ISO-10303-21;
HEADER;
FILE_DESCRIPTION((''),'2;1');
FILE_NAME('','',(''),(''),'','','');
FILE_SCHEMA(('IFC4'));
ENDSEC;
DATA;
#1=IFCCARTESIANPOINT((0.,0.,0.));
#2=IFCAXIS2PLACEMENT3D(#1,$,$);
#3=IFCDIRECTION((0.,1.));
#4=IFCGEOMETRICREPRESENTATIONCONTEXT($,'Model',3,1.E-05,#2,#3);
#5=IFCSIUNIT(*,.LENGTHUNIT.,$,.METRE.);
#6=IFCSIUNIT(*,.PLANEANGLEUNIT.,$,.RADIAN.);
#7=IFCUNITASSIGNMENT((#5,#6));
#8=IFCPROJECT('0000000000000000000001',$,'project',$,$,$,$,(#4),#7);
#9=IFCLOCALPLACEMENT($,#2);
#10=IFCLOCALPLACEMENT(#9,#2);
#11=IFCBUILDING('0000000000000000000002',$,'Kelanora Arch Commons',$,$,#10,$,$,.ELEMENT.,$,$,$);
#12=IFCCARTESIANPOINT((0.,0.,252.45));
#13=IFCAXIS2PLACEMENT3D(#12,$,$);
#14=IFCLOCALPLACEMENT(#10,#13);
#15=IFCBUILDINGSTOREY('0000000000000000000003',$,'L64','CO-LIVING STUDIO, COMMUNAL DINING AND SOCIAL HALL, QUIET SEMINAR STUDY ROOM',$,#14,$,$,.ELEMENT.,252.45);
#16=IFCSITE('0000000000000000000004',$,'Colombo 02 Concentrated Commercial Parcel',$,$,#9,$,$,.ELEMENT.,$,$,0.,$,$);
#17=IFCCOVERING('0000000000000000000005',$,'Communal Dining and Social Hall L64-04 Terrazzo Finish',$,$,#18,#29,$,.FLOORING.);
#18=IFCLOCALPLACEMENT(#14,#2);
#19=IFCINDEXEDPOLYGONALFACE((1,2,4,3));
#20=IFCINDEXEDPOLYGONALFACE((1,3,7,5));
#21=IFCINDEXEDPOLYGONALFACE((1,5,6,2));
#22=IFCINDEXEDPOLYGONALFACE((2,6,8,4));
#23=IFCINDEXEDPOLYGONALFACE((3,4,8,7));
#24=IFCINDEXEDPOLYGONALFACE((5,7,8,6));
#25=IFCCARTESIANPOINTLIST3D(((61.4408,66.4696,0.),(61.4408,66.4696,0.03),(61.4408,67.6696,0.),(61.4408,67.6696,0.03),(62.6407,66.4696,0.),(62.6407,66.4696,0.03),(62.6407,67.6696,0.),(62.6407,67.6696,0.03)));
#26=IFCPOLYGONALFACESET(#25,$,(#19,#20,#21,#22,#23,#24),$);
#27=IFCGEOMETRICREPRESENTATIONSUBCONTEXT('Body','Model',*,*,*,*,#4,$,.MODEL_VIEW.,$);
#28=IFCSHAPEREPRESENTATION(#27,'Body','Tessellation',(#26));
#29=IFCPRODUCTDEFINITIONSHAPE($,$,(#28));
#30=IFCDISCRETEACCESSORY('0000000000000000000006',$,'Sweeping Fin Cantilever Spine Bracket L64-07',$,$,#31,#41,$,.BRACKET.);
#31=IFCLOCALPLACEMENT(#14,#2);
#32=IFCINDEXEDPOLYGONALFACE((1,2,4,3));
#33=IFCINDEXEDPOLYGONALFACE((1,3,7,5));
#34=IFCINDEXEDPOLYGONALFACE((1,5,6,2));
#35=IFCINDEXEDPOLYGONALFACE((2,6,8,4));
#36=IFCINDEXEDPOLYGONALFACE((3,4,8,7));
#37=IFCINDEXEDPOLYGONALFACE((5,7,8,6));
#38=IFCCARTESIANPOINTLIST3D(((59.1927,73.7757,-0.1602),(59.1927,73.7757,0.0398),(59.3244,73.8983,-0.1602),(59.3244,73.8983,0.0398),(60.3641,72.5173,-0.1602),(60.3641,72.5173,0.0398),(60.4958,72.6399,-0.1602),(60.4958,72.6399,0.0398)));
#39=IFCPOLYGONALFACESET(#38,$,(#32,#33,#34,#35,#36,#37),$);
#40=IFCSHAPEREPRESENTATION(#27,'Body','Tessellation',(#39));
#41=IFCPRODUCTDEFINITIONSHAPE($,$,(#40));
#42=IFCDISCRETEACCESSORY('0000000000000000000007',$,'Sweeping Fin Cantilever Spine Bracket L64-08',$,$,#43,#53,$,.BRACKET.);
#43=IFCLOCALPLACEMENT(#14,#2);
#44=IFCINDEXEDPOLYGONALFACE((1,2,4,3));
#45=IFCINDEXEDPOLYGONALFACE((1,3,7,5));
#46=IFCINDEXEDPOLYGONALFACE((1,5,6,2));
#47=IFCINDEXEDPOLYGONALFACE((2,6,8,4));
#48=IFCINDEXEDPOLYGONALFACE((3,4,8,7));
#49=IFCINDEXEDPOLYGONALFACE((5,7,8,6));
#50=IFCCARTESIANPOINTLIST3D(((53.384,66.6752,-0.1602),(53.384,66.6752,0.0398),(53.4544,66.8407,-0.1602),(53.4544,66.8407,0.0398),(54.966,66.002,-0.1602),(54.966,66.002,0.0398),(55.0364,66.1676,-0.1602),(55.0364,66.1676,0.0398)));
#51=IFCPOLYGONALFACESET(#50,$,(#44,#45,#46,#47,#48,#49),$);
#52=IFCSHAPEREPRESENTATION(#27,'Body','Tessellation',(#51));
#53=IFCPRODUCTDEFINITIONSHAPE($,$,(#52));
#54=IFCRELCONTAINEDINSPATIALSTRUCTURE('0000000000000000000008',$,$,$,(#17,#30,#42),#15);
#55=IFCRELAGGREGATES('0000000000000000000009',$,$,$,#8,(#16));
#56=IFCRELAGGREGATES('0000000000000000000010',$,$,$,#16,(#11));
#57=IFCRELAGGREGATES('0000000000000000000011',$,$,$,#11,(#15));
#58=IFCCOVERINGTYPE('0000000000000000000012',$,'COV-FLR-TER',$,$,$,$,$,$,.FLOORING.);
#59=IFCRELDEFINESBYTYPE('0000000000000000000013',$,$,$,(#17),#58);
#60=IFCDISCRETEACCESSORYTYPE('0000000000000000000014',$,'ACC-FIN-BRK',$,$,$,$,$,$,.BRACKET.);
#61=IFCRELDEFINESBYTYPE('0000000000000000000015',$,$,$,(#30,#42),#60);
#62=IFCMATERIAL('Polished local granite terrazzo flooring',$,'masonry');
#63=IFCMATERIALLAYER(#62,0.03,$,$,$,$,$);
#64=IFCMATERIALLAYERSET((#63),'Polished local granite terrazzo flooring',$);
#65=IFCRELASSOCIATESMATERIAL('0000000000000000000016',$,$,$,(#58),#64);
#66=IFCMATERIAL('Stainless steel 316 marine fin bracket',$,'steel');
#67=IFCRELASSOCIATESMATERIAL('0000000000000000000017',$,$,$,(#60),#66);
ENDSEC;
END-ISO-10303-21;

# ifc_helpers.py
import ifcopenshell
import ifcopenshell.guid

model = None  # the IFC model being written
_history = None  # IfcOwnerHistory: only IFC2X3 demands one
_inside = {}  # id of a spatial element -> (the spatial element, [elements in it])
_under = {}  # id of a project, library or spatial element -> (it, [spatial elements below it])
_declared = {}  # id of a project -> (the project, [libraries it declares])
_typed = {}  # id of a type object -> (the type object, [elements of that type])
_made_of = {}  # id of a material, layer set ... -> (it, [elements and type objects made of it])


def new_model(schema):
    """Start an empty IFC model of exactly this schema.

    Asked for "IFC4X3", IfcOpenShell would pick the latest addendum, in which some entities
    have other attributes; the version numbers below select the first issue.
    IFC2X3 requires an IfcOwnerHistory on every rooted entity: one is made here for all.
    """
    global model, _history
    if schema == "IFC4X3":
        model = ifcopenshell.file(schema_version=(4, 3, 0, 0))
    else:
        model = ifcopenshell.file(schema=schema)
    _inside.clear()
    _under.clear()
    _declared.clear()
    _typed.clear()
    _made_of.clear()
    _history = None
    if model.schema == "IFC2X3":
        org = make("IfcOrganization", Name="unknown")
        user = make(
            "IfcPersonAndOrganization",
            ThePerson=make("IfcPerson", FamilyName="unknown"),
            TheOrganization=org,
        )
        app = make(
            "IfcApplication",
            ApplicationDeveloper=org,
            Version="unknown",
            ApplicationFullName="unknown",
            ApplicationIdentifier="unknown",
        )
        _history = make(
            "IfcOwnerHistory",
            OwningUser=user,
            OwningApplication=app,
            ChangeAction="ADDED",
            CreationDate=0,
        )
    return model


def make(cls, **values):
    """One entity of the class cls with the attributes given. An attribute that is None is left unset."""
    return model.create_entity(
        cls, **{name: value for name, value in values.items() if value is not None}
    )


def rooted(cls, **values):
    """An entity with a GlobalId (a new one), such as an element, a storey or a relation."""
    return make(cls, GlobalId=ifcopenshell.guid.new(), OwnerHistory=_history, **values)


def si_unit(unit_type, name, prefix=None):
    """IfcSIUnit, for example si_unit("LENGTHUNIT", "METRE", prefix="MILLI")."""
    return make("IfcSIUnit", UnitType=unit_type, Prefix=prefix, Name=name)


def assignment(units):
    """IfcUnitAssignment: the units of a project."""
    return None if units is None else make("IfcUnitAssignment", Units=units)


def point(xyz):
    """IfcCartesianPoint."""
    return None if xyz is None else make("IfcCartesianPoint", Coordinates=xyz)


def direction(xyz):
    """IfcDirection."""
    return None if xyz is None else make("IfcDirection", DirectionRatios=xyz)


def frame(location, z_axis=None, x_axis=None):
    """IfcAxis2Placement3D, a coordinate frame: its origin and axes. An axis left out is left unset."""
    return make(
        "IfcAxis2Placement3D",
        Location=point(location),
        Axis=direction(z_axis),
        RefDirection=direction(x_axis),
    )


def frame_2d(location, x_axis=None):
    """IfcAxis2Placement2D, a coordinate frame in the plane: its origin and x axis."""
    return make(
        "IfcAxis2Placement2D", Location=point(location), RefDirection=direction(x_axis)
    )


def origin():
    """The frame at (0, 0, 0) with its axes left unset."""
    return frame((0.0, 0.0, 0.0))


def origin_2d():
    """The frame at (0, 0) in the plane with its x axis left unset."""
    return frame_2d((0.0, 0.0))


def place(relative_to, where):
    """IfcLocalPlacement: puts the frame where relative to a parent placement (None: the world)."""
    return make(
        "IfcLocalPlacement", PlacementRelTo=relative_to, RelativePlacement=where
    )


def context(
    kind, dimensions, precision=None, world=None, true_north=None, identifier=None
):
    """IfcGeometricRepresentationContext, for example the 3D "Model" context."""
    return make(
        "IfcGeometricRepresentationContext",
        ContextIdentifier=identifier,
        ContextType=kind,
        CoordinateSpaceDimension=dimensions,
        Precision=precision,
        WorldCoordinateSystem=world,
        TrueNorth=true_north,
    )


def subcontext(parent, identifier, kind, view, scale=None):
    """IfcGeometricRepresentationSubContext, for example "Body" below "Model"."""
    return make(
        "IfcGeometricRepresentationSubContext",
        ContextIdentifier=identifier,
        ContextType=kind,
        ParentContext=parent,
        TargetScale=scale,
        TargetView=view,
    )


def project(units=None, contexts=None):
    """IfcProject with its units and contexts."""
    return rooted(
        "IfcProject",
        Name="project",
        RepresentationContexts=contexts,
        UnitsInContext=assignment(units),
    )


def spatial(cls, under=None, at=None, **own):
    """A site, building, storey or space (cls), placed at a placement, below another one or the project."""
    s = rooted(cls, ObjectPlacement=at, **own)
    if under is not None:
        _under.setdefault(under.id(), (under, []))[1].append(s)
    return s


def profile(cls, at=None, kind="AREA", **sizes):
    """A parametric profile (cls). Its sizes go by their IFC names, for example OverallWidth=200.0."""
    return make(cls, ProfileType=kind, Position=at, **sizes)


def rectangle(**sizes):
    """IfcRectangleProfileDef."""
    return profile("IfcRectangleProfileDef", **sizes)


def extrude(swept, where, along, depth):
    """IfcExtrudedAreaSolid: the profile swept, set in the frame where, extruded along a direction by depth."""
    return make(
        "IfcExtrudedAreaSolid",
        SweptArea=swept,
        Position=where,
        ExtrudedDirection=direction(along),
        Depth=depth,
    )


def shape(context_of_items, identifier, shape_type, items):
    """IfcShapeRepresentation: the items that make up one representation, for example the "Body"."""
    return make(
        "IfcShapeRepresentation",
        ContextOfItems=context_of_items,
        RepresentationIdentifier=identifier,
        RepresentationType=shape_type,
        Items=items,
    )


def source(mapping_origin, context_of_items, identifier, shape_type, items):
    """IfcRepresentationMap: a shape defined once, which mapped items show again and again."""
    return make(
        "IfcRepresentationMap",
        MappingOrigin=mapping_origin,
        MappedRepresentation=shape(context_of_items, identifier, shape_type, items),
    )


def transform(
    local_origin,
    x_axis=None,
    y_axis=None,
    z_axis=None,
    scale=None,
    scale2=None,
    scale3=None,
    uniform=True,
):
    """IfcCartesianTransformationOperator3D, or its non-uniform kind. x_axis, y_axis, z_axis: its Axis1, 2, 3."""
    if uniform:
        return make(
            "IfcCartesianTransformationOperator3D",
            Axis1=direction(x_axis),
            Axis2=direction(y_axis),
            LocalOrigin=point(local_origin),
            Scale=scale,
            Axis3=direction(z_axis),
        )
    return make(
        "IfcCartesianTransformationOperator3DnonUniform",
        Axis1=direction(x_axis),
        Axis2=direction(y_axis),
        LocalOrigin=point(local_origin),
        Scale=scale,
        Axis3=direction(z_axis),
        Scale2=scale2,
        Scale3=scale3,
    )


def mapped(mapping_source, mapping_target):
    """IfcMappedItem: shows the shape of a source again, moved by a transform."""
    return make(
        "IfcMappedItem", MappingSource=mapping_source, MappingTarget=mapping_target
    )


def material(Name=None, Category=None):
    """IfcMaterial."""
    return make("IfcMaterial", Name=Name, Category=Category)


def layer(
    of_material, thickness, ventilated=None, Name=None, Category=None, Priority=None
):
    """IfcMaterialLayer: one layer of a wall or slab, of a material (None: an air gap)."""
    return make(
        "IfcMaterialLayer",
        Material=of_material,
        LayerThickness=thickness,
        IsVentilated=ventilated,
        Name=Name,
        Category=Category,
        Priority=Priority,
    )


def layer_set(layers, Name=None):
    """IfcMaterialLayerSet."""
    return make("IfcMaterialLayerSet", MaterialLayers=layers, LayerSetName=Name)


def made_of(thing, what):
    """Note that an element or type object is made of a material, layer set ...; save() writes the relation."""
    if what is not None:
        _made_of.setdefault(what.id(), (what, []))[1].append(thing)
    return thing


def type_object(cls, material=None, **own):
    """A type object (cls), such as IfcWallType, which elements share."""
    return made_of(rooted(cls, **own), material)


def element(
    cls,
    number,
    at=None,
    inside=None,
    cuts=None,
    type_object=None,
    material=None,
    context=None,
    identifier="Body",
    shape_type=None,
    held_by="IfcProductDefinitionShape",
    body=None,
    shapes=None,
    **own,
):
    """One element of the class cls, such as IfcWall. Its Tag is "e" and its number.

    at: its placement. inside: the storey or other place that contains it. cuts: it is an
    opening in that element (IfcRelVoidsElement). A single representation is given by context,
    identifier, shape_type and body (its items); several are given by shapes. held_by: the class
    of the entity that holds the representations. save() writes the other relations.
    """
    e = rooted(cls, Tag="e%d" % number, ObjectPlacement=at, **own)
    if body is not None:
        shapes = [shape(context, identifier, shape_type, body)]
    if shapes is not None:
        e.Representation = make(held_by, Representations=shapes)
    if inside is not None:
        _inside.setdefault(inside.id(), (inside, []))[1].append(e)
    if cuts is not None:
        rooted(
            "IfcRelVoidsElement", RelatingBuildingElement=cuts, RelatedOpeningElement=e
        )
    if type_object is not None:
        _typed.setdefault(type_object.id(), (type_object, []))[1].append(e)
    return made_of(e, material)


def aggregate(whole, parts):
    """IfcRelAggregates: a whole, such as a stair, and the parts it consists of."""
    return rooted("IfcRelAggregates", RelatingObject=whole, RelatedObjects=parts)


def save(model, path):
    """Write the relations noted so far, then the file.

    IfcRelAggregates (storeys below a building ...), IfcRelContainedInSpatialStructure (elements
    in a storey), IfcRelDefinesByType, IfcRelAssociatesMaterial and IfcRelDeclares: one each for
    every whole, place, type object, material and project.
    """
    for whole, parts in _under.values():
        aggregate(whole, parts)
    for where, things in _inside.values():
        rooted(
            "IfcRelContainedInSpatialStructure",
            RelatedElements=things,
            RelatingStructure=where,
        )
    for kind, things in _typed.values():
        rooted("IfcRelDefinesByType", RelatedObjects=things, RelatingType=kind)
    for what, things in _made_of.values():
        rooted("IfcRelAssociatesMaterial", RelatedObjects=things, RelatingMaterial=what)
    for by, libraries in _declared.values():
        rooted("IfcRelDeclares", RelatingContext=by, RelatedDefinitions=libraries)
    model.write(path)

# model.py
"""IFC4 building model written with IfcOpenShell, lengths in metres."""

from ifc_helpers import new_model, si_unit, direction, frame, origin, origin_2d, place, context, subcontext, project, spatial, rectangle, extrude, source, transform, mapped, material, layer, layer_set, type_object, element, save


model = new_model("IFC4")

# Units and contexts
model_context = context("Model", 3, precision=1e-05, world=origin(), true_north=direction((0.0, 1.0)))
body_context = subcontext(model_context, "Body", "Model", "MODEL_VIEW")
ifc_project = project(units=[si_unit("LENGTHUNIT", "METRE"), si_unit("PLANEANGLEUNIT", "RADIAN")], contexts=[model_context])

# Site, building, storey
site_placement = place(None, origin())
site = spatial("IfcSite", under=ifc_project, at=site_placement, Name="Colombo 02 Concentrated Commercial Parcel", CompositionType="ELEMENT", RefElevation=0.0)
building_placement = place(site_placement, origin())
building = spatial("IfcBuilding", under=site, at=building_placement, Name="Kelanora Arch Commons", CompositionType="ELEMENT")
storey_placement = place(building_placement, frame((0.0, 0.0, 252.45)))
storey = spatial("IfcBuildingStorey", under=building, at=storey_placement, Name="L64", Description="CO-LIVING STUDIO, COMMUNAL DINING AND SOCIAL HALL, QUIET SEMINAR STUDY ROOM", CompositionType="ELEMENT", Elevation=252.45)

# Covering
ifc_material_1 = material(Name="Polished local granite terrazzo flooring", Category="masonry")
ifc_layer_1 = layer(ifc_material_1, 0.03)
ifc_layer_set_1 = layer_set([ifc_layer_1], Name="Polished local granite terrazzo flooring")
covering_type = type_object("IfcCoveringType", Name="COV-FLR-TER", PredefinedType="FLOORING", material=ifc_layer_set_1)
shared_shape_1 = source(origin(), body_context, "Body", "SweptSolid", [
    extrude(rectangle(XDim=1.2, YDim=1.2, at=origin_2d()), origin(), (0.0, 0.0, 1.0), 0.03),
])
covering_placement = place(storey_placement, frame((62.0408, 67.0696, 0.0), z_axis=(0.0, 0.0, 1.0), x_axis=(1.0, 0.0, 0.0)))
element("IfcCovering", 1, at=covering_placement, inside=storey, type_object=covering_type, Name="Communal Dining and Social Hall L64-04 Terrazzo Finish", PredefinedType="FLOORING", context=body_context, shape_type="MappedRepresentation", body=[
    mapped(shared_shape_1, transform((0.0, 0.0, 0.0), scale=1.0)),
])

# Discrete accessories
ifc_material_2 = material(Name="Stainless steel 316 marine fin bracket", Category="steel")
discrete_accessory_type = type_object("IfcDiscreteAccessoryType", Name="ACC-FIN-BRK", PredefinedType="BRACKET", material=ifc_material_2)
shared_shape_2 = source(origin(), body_context, "Body", "SweptSolid", [
    extrude(rectangle(XDim=1.7192, YDim=0.1799, at=origin_2d()), origin(), (0.0, 0.0, 1.0), 0.2),
])
for number, where, z_axis, x_axis, name in (
    (2, (59.8442, 73.2078, -0.1602), (0.0, 0.0, 1.0), (-0.68136, 0.731949, 0.0), "Sweeping Fin Cantilever Spine Bracket L64-07"),
    (3, (54.2102, 66.4214, -0.1602), (0.0, 0.0, 1.0), (-0.920164, 0.391534, 0.0), "Sweeping Fin Cantilever Spine Bracket L64-08"),
):
    element("IfcDiscreteAccessory", number, at=place(storey_placement, frame(where, z_axis=z_axis, x_axis=x_axis)), inside=storey, type_object=discrete_accessory_type, Name=name, PredefinedType="BRACKET", context=body_context, shape_type="MappedRepresentation", body=[
        mapped(shared_shape_2, transform((0.0, 0.0, 0.0), scale=1.0)),
    ])

save(model, "model.ifc")
